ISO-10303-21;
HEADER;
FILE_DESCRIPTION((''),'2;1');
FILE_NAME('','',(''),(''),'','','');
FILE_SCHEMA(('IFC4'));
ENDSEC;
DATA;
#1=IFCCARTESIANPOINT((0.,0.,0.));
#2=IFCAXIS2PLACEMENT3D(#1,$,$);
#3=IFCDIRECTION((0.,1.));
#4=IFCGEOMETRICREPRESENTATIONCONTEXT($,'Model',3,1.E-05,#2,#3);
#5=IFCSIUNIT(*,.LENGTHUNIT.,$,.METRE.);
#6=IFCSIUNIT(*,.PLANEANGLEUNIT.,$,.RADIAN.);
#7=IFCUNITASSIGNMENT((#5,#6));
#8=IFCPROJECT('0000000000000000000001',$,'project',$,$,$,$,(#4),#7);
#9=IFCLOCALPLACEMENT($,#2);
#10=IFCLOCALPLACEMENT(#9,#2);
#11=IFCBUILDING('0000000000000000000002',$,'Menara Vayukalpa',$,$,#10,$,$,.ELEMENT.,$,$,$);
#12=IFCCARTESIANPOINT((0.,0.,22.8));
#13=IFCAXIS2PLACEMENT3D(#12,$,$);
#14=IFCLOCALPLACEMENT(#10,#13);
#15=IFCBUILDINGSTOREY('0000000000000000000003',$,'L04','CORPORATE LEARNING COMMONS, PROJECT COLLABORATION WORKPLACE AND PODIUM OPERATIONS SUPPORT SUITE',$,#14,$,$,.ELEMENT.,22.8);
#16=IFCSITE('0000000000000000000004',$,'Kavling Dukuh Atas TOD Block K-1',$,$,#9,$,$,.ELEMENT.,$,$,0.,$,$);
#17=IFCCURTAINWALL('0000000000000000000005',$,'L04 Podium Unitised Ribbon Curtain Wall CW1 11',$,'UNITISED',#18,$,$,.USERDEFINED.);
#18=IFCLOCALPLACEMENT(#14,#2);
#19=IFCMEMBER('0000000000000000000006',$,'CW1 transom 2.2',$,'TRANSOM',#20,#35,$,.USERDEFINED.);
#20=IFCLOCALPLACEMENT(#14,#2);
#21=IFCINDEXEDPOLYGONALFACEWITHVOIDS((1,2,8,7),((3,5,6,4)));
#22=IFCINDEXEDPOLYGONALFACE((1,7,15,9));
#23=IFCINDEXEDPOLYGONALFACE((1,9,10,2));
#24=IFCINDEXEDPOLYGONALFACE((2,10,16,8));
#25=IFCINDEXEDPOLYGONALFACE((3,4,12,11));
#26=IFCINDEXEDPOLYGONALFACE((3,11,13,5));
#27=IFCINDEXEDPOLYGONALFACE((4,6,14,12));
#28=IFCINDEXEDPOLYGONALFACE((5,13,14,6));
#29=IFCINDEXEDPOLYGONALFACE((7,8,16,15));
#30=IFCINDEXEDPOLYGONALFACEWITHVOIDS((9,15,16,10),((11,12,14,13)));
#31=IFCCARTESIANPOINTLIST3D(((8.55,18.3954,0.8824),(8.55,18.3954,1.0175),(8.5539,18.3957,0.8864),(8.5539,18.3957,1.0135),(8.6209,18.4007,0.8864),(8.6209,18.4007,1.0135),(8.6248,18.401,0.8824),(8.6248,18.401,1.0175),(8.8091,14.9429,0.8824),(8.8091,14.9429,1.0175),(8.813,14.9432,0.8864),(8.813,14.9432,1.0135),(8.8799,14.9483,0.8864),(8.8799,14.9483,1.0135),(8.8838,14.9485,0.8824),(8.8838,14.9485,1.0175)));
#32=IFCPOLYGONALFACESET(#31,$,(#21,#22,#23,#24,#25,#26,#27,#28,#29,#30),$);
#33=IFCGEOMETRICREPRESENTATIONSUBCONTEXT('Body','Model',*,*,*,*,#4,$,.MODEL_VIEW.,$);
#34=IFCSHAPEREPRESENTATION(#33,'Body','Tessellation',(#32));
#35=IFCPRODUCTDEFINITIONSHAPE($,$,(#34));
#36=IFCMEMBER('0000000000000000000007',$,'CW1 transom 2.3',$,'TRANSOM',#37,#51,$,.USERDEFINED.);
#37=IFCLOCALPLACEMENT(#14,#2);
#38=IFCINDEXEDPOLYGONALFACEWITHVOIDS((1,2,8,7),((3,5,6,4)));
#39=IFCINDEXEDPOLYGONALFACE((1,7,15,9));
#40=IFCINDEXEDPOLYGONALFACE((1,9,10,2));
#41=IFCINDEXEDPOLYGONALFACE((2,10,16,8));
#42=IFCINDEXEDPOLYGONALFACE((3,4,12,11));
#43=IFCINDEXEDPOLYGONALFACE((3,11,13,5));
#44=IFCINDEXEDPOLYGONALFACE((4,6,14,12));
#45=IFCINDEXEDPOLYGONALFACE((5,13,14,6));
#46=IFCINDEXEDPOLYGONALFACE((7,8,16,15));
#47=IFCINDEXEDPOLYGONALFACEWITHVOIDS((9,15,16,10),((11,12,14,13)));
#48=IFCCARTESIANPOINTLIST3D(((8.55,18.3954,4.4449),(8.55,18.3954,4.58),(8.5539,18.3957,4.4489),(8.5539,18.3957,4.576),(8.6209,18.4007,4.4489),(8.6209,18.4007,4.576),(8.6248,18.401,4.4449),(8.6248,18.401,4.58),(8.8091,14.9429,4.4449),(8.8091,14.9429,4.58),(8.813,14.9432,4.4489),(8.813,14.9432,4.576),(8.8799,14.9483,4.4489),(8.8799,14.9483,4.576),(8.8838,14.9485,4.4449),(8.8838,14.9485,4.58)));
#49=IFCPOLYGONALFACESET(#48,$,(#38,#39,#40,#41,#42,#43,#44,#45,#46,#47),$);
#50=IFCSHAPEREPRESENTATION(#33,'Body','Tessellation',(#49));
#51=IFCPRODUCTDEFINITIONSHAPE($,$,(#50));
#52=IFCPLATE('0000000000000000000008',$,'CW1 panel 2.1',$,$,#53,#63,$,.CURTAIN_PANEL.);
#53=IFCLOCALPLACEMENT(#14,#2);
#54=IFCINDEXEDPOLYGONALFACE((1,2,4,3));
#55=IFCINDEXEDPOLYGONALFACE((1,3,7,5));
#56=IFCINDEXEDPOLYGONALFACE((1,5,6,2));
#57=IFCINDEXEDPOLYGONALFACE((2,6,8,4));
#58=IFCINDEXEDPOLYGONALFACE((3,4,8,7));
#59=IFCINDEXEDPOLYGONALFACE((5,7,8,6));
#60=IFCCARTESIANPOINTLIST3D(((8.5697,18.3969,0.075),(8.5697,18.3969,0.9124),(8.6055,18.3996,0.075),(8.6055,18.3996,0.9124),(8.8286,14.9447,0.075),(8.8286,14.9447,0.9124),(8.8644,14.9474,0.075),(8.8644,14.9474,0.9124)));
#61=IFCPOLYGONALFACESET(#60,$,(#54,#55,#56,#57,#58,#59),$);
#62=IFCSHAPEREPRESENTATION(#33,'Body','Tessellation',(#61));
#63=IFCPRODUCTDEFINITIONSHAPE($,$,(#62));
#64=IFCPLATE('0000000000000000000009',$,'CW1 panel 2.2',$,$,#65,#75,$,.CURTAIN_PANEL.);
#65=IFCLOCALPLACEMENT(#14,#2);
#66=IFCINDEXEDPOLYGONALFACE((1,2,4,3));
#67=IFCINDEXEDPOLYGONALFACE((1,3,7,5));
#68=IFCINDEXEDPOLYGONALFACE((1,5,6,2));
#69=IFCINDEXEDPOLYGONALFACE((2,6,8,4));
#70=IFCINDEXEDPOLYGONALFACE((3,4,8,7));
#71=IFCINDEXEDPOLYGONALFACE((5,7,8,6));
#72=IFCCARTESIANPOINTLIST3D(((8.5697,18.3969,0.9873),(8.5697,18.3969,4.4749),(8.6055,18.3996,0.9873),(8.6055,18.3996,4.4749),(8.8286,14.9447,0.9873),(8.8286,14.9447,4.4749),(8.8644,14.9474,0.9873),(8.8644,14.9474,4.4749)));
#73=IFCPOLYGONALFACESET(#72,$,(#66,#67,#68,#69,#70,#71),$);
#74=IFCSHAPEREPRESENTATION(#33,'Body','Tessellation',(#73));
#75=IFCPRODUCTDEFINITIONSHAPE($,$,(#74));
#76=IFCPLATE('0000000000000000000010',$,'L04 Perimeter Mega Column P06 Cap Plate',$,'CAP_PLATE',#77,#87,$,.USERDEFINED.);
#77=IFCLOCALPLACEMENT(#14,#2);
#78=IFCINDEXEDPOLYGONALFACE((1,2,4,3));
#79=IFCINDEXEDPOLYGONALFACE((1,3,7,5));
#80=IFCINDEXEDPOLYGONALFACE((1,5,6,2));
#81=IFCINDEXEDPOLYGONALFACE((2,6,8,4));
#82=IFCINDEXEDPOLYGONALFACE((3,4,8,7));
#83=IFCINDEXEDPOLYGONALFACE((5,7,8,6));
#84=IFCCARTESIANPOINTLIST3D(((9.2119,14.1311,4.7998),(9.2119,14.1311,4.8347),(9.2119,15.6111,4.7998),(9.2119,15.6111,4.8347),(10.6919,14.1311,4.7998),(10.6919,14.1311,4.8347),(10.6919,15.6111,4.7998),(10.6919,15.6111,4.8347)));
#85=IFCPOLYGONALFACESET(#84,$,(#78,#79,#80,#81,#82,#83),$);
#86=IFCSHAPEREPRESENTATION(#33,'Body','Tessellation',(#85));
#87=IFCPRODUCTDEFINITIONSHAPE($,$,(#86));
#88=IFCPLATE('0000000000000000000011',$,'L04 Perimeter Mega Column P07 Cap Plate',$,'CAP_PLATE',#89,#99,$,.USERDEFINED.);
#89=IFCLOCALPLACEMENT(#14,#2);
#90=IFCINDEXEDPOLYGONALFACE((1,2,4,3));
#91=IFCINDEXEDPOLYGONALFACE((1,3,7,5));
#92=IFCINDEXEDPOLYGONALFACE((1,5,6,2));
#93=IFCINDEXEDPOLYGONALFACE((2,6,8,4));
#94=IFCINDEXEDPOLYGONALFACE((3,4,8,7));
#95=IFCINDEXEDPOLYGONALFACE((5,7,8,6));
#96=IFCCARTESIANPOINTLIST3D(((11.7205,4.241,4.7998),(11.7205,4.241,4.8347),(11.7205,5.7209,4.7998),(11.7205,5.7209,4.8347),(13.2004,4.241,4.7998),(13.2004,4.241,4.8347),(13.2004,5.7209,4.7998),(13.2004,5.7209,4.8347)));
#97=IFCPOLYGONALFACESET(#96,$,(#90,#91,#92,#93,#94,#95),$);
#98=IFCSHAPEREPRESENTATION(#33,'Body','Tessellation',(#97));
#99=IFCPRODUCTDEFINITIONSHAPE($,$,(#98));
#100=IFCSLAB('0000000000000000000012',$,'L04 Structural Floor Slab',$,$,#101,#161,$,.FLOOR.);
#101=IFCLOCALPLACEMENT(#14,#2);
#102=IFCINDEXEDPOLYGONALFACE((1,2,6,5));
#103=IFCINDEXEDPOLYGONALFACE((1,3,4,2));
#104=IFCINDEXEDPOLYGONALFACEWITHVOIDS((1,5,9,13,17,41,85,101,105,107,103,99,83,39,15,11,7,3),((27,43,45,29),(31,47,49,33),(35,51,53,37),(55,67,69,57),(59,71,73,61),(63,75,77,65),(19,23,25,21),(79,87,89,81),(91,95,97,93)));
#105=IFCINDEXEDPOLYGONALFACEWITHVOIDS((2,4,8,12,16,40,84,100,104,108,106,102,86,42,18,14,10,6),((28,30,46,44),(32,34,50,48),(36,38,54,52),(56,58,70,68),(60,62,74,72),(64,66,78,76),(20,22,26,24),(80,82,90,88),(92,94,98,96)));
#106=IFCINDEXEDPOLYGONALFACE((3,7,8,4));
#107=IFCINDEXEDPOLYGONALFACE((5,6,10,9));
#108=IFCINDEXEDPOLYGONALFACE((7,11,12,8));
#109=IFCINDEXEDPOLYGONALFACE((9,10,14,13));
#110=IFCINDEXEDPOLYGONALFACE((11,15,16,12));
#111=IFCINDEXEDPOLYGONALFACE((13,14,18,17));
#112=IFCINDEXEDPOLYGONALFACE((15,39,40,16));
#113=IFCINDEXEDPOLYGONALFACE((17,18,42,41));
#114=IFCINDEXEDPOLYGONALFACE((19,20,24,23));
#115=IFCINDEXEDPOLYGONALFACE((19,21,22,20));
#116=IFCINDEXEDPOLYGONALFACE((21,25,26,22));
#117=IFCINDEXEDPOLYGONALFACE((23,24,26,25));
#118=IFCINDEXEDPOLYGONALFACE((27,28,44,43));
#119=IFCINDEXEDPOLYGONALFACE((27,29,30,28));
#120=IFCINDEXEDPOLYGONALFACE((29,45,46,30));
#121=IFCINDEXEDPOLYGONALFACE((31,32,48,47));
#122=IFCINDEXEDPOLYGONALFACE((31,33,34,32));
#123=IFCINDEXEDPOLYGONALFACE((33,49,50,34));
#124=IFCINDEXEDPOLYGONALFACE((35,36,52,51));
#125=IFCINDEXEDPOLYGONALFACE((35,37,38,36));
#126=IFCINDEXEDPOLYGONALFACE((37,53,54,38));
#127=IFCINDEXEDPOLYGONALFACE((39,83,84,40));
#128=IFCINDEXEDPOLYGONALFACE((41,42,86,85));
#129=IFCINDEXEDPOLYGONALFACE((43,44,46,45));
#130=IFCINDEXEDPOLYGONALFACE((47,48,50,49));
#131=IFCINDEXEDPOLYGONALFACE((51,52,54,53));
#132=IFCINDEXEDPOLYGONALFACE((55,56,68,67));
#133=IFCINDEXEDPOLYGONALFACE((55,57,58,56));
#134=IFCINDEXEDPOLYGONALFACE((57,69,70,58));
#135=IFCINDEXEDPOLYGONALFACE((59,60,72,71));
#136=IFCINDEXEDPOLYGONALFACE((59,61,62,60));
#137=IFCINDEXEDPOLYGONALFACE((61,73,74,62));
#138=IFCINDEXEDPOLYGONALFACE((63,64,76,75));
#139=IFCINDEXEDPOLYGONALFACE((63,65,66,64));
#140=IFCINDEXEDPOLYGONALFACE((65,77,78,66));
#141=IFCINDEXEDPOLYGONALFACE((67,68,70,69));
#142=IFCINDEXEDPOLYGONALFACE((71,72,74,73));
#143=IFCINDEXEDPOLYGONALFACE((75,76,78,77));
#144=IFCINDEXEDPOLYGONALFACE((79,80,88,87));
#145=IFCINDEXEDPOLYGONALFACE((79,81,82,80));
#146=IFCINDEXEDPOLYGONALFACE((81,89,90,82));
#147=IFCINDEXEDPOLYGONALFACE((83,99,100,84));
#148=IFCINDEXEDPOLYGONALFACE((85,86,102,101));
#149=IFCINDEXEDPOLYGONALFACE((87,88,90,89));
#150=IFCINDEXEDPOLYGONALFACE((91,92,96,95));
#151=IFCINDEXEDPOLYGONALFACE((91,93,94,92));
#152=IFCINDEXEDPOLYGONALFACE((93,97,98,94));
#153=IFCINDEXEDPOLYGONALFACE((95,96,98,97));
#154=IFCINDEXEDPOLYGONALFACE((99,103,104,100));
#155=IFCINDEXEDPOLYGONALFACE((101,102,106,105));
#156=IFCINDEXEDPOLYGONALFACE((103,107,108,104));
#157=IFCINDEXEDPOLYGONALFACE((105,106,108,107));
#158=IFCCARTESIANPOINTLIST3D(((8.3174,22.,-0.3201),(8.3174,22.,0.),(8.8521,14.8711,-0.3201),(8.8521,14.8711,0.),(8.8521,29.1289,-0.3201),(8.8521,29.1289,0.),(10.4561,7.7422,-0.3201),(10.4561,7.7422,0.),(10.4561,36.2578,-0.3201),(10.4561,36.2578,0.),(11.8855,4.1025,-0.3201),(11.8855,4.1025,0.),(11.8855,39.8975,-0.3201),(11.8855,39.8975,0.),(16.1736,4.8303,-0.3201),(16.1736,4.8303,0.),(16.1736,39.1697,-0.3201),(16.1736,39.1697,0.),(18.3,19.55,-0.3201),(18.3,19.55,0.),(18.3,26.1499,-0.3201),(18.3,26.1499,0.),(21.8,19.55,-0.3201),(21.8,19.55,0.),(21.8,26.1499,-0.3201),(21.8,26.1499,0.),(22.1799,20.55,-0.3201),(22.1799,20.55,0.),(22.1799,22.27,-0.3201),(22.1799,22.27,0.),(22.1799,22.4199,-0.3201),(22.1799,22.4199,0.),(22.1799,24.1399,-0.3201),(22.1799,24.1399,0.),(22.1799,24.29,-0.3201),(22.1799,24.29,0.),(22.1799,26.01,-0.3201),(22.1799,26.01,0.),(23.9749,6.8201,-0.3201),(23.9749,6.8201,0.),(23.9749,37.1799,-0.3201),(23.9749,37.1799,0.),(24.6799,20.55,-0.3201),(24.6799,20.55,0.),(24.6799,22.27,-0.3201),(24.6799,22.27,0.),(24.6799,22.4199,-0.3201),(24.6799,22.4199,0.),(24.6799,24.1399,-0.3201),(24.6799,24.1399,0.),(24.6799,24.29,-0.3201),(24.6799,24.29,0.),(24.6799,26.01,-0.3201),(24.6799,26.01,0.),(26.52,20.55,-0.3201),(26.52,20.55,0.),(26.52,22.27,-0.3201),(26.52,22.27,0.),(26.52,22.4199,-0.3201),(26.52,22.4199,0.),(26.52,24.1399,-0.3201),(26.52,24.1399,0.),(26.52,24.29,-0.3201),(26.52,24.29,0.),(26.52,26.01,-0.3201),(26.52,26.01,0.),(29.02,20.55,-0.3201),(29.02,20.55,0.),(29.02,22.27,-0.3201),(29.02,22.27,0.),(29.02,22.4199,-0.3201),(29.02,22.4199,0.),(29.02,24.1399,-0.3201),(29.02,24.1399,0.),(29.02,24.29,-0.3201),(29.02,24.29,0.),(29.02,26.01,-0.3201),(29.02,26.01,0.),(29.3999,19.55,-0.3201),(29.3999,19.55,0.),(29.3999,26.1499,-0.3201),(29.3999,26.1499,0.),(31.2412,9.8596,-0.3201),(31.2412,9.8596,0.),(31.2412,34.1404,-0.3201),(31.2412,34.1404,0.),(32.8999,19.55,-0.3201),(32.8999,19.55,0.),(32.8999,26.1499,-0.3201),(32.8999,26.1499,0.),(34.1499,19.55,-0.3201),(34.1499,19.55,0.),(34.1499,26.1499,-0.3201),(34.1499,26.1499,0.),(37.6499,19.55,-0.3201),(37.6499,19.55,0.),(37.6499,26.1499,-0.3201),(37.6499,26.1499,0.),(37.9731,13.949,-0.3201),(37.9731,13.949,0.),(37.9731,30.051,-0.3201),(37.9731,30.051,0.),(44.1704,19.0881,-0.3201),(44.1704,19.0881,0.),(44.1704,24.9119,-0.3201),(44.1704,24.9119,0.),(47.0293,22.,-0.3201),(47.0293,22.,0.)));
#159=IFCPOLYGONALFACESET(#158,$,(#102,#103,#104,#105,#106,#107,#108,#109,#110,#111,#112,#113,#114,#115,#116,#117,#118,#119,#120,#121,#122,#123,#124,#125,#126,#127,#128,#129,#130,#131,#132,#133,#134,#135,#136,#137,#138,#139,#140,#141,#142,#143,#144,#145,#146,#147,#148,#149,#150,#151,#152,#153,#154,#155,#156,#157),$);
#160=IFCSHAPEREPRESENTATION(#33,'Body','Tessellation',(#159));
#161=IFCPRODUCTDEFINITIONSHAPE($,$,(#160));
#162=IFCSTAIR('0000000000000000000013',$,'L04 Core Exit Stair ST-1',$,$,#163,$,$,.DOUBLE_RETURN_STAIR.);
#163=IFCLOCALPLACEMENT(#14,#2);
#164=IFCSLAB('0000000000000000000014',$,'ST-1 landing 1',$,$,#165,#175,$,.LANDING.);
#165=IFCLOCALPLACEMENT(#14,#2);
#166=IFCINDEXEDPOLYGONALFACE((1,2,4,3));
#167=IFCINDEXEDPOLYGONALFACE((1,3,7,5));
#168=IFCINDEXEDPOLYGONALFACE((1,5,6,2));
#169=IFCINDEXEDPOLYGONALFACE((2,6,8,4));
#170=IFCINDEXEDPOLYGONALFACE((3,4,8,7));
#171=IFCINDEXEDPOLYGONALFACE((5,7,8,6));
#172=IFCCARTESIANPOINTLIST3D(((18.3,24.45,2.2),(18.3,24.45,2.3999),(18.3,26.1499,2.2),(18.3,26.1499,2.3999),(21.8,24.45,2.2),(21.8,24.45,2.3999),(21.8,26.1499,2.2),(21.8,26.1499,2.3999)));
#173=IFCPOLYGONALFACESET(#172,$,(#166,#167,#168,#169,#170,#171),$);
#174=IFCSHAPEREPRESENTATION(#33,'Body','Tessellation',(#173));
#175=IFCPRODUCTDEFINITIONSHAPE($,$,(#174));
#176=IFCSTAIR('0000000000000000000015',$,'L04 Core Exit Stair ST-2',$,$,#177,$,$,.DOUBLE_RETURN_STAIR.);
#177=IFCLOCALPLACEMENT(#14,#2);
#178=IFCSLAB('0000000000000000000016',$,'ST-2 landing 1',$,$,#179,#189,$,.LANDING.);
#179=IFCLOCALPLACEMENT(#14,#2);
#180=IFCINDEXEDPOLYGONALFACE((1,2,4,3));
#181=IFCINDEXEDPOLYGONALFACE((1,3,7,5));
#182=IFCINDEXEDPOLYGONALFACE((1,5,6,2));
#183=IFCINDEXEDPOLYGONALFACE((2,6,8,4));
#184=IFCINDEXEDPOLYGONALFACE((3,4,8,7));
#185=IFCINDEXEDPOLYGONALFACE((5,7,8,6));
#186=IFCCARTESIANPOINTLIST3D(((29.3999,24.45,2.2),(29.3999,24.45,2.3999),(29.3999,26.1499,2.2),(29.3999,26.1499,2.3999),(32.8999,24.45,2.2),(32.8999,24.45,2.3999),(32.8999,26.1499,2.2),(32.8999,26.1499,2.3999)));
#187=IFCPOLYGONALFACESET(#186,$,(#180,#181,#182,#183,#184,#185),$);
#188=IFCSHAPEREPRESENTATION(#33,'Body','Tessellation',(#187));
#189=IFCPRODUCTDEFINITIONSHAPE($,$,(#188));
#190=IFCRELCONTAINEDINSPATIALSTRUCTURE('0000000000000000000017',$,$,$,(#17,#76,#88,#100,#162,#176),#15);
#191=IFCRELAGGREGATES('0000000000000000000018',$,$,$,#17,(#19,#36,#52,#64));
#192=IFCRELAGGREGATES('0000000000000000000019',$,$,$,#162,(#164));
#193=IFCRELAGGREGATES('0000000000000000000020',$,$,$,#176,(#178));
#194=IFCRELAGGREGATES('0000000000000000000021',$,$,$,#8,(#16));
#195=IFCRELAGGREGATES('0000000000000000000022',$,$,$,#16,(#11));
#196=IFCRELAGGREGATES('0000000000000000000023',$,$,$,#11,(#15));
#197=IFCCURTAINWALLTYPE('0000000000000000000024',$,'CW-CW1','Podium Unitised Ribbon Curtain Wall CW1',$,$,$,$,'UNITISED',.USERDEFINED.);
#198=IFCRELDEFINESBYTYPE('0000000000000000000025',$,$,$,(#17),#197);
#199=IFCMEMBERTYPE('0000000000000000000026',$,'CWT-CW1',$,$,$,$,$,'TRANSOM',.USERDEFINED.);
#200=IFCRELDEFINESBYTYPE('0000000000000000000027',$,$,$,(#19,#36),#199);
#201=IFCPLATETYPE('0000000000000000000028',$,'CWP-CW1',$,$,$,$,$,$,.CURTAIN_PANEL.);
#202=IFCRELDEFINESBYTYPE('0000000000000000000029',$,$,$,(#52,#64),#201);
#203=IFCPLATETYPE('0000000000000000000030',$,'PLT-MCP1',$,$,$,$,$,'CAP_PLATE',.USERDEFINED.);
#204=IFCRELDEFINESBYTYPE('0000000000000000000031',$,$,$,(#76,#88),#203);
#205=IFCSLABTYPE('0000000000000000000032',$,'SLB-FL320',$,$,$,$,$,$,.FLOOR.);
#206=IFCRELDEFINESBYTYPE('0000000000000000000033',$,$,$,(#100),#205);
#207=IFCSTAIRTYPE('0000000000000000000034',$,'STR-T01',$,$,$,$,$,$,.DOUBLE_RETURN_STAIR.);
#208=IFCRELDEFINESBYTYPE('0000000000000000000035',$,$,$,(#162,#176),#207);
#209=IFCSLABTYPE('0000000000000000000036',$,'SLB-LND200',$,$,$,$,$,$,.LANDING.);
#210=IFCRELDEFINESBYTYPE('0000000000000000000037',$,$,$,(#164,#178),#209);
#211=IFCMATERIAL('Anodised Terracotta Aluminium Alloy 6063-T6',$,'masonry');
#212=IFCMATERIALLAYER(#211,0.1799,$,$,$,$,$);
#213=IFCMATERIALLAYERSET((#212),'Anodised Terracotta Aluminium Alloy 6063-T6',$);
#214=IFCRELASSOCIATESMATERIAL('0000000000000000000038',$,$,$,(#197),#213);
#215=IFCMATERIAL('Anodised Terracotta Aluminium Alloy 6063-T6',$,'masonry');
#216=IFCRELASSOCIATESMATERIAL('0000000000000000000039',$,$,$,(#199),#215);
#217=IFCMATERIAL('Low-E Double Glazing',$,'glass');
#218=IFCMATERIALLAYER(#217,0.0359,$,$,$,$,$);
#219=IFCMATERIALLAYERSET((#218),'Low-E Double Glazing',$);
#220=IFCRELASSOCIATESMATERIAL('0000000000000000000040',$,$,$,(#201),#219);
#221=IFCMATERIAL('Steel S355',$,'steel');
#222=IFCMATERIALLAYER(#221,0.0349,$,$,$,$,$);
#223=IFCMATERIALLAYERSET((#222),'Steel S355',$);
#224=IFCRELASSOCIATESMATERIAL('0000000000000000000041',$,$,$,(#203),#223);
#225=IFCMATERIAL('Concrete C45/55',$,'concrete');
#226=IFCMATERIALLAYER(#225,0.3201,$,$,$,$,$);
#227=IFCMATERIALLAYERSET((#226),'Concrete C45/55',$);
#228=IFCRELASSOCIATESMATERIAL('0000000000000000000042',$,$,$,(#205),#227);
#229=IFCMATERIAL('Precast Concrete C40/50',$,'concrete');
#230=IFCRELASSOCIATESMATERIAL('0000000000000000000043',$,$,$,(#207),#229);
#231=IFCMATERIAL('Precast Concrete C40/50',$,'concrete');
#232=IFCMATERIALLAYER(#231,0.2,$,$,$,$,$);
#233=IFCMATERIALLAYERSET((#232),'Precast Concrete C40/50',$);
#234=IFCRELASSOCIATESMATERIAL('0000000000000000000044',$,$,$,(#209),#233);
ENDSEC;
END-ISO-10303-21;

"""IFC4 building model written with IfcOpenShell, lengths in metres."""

from ifc_helpers import new_model, si_unit, direction, frame, origin, origin_2d, place, context, subcontext, project, spatial, polyline, rectangle, hollow_rectangle, outline, extrude, material, layer, layer_set, material_profile, profile_set, type_object, element, aggregate, save


model = new_model("IFC4")

# Units and contexts
model_context = context("Model", 3, precision=1e-05, world=origin(), true_north=direction((0.0, 1.0)))
body_context = subcontext(model_context, "Body", "Model", "MODEL_VIEW")
ifc_project = project(units=[si_unit("LENGTHUNIT", "METRE"), si_unit("PLANEANGLEUNIT", "RADIAN")], contexts=[model_context])

# Site, building, storey
site_placement = place(None, origin())
site = spatial("IfcSite", under=ifc_project, at=site_placement, Name="Kavling Dukuh Atas TOD Block K-1", CompositionType="ELEMENT", RefElevation=0.0)
building_placement = place(site_placement, origin())
building = spatial("IfcBuilding", under=site, at=building_placement, Name="Menara Vayukalpa", CompositionType="ELEMENT")
storey_placement = place(building_placement, frame((0.0, 0.0, 22.8)))
storey = spatial("IfcBuildingStorey", under=building, at=storey_placement, Name="L04", Description="CORPORATE LEARNING COMMONS, PROJECT COLLABORATION WORKPLACE AND PODIUM OPERATIONS SUPPORT SUITE", CompositionType="ELEMENT", Elevation=22.8)

# Curtain wall, members, plates
ifc_material_1 = material(Name="Anodised Terracotta Aluminium Alloy 6063-T6", Category="masonry")
ifc_layer_1 = layer(ifc_material_1, 0.1799)
ifc_layer_set_1 = layer_set([ifc_layer_1], Name="Anodised Terracotta Aluminium Alloy 6063-T6")
curtain_wall_type = type_object("IfcCurtainWallType", Name="CW-CW1", Description="Podium Unitised Ribbon Curtain Wall CW1", ElementType="UNITISED", PredefinedType="USERDEFINED", material=ifc_layer_set_1)
curtain_wall_placement = place(storey_placement, origin())
curtain_wall = element("IfcCurtainWall", 1, at=curtain_wall_placement, inside=storey, type_object=curtain_wall_type, Name="L04 Podium Unitised Ribbon Curtain Wall CW1 11", ObjectType="UNITISED", PredefinedType="USERDEFINED")
ifc_material_2 = material(Name="Anodised Terracotta Aluminium Alloy 6063-T6", Category="masonry")
ifc_material_profile_1 = material_profile(ifc_material_2, hollow_rectangle(XDim=0.075, YDim=0.135, WallThickness=0.0039, at=origin_2d()), Name="ALU 75x135x4")
ifc_profile_set_1 = profile_set([ifc_material_profile_1], Name="Anodised Terracotta Aluminium Alloy 6063-T6")
member_type_1 = type_object("IfcMemberType", Name="CWT-CW1", ElementType="TRANSOM", PredefinedType="USERDEFINED", material=ifc_profile_set_1)
member_1_placement = place(storey_placement, frame((8.5874, 18.3982, 0.95), z_axis=(0.07482, -0.997197, 0.0), x_axis=(0.997197, 0.07482, 0.0)))
member_1 = element("IfcMember", 2, at=member_1_placement, type_object=member_type_1, Name="CW1 transom 2.2", ObjectType="TRANSOM", PredefinedType="USERDEFINED", context=body_context, shape_type="SweptSolid", body=[
    extrude(hollow_rectangle(XDim=0.075, YDim=0.135, WallThickness=0.0039, at=origin_2d()), origin(), (0.0, 0.0, 1.0), 3.4622),
])
member_2_placement = place(storey_placement, frame((8.5874, 18.3982, 4.5125), z_axis=(0.07482, -0.997197, 0.0), x_axis=(0.997197, 0.07482, 0.0)))
member_2 = element("IfcMember", 3, at=member_2_placement, type_object=member_type_1, Name="CW1 transom 2.3", ObjectType="TRANSOM", PredefinedType="USERDEFINED", context=body_context, shape_type="SweptSolid", body=[
    extrude(hollow_rectangle(XDim=0.075, YDim=0.135, WallThickness=0.0039, at=origin_2d()), origin(), (0.0, 0.0, 1.0), 3.4622),
])
ifc_material_3 = material(Name="Low-E Double Glazing", Category="glass")
ifc_layer_2 = layer(ifc_material_3, 0.0359)
ifc_layer_set_2 = layer_set([ifc_layer_2], Name="Low-E Double Glazing")
plate_type_1 = type_object("IfcPlateType", Name="CWP-CW1", PredefinedType="CURTAIN_PANEL", material=ifc_layer_set_2)
plate_1_placement = place(storey_placement, frame((8.717, 16.6721, 0.075), z_axis=(0.0, 0.0, 1.0), x_axis=(0.074794, -0.997199, 0.0)))
plate_1 = element("IfcPlate", 4, at=plate_1_placement, type_object=plate_type_1, Name="CW1 panel 2.1", PredefinedType="CURTAIN_PANEL", context=body_context, shape_type="SweptSolid", body=[
    extrude(rectangle(XDim=3.4619, YDim=0.0359, at=origin_2d()), origin(), (0.0, 0.0, 1.0), 0.8374),
])
plate_2_placement = place(storey_placement, frame((8.717, 16.6721, 0.9873), z_axis=(0.0, 0.0, 1.0), x_axis=(0.074794, -0.997199, 0.0)))
plate_2 = element("IfcPlate", 5, at=plate_2_placement, type_object=plate_type_1, Name="CW1 panel 2.2", PredefinedType="CURTAIN_PANEL", context=body_context, shape_type="SweptSolid", body=[
    extrude(rectangle(XDim=3.4619, YDim=0.0359, at=origin_2d()), origin(), (0.0, 0.0, 1.0), 3.4875),
])
aggregate(curtain_wall, [member_1, member_2, plate_1, plate_2])

# Plates
ifc_material_4 = material(Name="Steel S355", Category="steel")
ifc_layer_3 = layer(ifc_material_4, 0.0349)
ifc_layer_set_3 = layer_set([ifc_layer_3], Name="Steel S355")
plate_type_2 = type_object("IfcPlateType", Name="PLT-MCP1", ElementType="CAP_PLATE", PredefinedType="USERDEFINED", material=ifc_layer_set_3)
for number, where, z_axis, x_axis, name in (
    (6, (9.9519, 14.8711, 4.7998), (0.0, 0.0, 1.0), (1.0, 0.0, 0.0), "L04 Perimeter Mega Column P06 Cap Plate"),
    (7, (12.4604, 4.981, 4.7998), (0.0, 0.0, 1.0), (1.0, 0.0, 0.0), "L04 Perimeter Mega Column P07 Cap Plate"),
):
    element("IfcPlate", number, at=place(storey_placement, frame(where, z_axis=z_axis, x_axis=x_axis)), inside=storey, type_object=plate_type_2, Name=name, ObjectType="CAP_PLATE", PredefinedType="USERDEFINED", context=body_context, shape_type="SweptSolid", body=[
        extrude(rectangle(XDim=1.48, YDim=1.48, at=origin_2d()), origin(), (0.0, 0.0, 1.0), 0.0349),
    ])

# Slab
ifc_material_5 = material(Name="Concrete C45/55", Category="concrete")
ifc_layer_4 = layer(ifc_material_5, 0.3201)
ifc_layer_set_4 = layer_set([ifc_layer_4], Name="Concrete C45/55")
slab_type_1 = type_object("IfcSlabType", Name="SLB-FL320", PredefinedType="FLOOR", material=ifc_layer_set_4)
slab_1_placement = place(storey_placement, frame((0.0, 0.0, -0.3201)))
element("IfcSlab", 8, at=slab_1_placement, inside=storey, type_object=slab_type_1, Name="L04 Structural Floor Slab", PredefinedType="FLOOR", context=body_context, shape_type="SweptSolid", body=[
    extrude(outline(polyline([(44.1704, 19.0881), (47.0293, 22.0), (44.1704, 24.9119), (37.9731, 30.051), (31.2412, 34.1404), (23.9749, 37.1799), (16.1736, 39.1697), (11.8855, 39.8975), (10.4561, 36.2578), (8.8521, 29.1289), (8.3174, 22.0), (8.8521, 14.8711), (10.4561, 7.7422), (11.8855, 4.1025), (16.1736, 4.8303), (23.9749, 6.8201), (31.2412, 9.8596), (37.9731, 13.949), (44.1704, 19.0881)]), holes=[polyline([(21.8, 19.55), (21.8, 26.1499), (18.3, 26.1499), (18.3, 19.55), (21.8, 19.55)]), polyline([(32.8999, 19.55), (32.8999, 26.1499), (29.3999, 26.1499), (29.3999, 19.55), (32.8999, 19.55)]), polyline([(37.6499, 19.55), (37.6499, 26.1499), (34.1499, 26.1499), (34.1499, 19.55), (37.6499, 19.55)]), polyline([(22.1799, 20.55), (24.6799, 20.55), (24.6799, 22.27), (22.1799, 22.27), (22.1799, 20.55)]), polyline([(26.52, 20.55), (29.02, 20.55), (29.02, 22.27), (26.52, 22.27), (26.52, 20.55)]), polyline([(22.1799, 22.4199), (24.6799, 22.4199), (24.6799, 24.1399), (22.1799, 24.1399), (22.1799, 22.4199)]), polyline([(22.1799, 24.29), (24.6799, 24.29), (24.6799, 26.01), (22.1799, 26.01), (22.1799, 24.29)]), polyline([(26.52, 24.29), (29.02, 24.29), (29.02, 26.01), (26.52, 26.01), (26.52, 24.29)]), polyline([(26.52, 22.4199), (29.02, 22.4199), (29.02, 24.1399), (26.52, 24.1399), (26.52, 22.4199)])]), origin(), (0.0, 0.0, 1.0), 0.3201),
])

# Stairs, slabs
ifc_material_6 = material(Name="Precast Concrete C40/50", Category="concrete")
stair_type = type_object("IfcStairType", Name="STR-T01", PredefinedType="DOUBLE_RETURN_STAIR", material=ifc_material_6)
stair_1_placement = place(storey_placement, origin())
stair_1 = element("IfcStair", 9, at=stair_1_placement, inside=storey, type_object=stair_type, Name="L04 Core Exit Stair ST-1", PredefinedType="DOUBLE_RETURN_STAIR")
ifc_material_7 = material(Name="Precast Concrete C40/50", Category="concrete")
ifc_layer_5 = layer(ifc_material_7, 0.2)
ifc_layer_set_5 = layer_set([ifc_layer_5], Name="Precast Concrete C40/50")
slab_type_2 = type_object("IfcSlabType", Name="SLB-LND200", PredefinedType="LANDING", material=ifc_layer_set_5)
slab_2_placement = place(storey_placement, frame((0.0, 0.0, 2.2)))
slab_2 = element("IfcSlab", 10, at=slab_2_placement, type_object=slab_type_2, Name="ST-1 landing 1", PredefinedType="LANDING", context=body_context, shape_type="SweptSolid", body=[
    extrude(outline(polyline([(21.8, 24.45), (21.8, 26.1499), (18.3, 26.1499), (18.3, 24.45), (21.8, 24.45)])), origin(), (0.0, 0.0, 1.0), 0.2),
])
aggregate(stair_1, [slab_2])
stair_2_placement = place(storey_placement, origin())
stair_2 = element("IfcStair", 11, at=stair_2_placement, inside=storey, type_object=stair_type, Name="L04 Core Exit Stair ST-2", PredefinedType="DOUBLE_RETURN_STAIR")
slab_3_placement = place(storey_placement, frame((0.0, 0.0, 2.2)))
slab_3 = element("IfcSlab", 12, at=slab_3_placement, type_object=slab_type_2, Name="ST-2 landing 1", PredefinedType="LANDING", context=body_context, shape_type="SweptSolid", body=[
    extrude(outline(polyline([(32.8999, 24.45), (32.8999, 26.1499), (29.3999, 26.1499), (29.3999, 24.45), (32.8999, 24.45)])), origin(), (0.0, 0.0, 1.0), 0.2),
])
aggregate(stair_2, [slab_3])

save(model, "model.ifc")
